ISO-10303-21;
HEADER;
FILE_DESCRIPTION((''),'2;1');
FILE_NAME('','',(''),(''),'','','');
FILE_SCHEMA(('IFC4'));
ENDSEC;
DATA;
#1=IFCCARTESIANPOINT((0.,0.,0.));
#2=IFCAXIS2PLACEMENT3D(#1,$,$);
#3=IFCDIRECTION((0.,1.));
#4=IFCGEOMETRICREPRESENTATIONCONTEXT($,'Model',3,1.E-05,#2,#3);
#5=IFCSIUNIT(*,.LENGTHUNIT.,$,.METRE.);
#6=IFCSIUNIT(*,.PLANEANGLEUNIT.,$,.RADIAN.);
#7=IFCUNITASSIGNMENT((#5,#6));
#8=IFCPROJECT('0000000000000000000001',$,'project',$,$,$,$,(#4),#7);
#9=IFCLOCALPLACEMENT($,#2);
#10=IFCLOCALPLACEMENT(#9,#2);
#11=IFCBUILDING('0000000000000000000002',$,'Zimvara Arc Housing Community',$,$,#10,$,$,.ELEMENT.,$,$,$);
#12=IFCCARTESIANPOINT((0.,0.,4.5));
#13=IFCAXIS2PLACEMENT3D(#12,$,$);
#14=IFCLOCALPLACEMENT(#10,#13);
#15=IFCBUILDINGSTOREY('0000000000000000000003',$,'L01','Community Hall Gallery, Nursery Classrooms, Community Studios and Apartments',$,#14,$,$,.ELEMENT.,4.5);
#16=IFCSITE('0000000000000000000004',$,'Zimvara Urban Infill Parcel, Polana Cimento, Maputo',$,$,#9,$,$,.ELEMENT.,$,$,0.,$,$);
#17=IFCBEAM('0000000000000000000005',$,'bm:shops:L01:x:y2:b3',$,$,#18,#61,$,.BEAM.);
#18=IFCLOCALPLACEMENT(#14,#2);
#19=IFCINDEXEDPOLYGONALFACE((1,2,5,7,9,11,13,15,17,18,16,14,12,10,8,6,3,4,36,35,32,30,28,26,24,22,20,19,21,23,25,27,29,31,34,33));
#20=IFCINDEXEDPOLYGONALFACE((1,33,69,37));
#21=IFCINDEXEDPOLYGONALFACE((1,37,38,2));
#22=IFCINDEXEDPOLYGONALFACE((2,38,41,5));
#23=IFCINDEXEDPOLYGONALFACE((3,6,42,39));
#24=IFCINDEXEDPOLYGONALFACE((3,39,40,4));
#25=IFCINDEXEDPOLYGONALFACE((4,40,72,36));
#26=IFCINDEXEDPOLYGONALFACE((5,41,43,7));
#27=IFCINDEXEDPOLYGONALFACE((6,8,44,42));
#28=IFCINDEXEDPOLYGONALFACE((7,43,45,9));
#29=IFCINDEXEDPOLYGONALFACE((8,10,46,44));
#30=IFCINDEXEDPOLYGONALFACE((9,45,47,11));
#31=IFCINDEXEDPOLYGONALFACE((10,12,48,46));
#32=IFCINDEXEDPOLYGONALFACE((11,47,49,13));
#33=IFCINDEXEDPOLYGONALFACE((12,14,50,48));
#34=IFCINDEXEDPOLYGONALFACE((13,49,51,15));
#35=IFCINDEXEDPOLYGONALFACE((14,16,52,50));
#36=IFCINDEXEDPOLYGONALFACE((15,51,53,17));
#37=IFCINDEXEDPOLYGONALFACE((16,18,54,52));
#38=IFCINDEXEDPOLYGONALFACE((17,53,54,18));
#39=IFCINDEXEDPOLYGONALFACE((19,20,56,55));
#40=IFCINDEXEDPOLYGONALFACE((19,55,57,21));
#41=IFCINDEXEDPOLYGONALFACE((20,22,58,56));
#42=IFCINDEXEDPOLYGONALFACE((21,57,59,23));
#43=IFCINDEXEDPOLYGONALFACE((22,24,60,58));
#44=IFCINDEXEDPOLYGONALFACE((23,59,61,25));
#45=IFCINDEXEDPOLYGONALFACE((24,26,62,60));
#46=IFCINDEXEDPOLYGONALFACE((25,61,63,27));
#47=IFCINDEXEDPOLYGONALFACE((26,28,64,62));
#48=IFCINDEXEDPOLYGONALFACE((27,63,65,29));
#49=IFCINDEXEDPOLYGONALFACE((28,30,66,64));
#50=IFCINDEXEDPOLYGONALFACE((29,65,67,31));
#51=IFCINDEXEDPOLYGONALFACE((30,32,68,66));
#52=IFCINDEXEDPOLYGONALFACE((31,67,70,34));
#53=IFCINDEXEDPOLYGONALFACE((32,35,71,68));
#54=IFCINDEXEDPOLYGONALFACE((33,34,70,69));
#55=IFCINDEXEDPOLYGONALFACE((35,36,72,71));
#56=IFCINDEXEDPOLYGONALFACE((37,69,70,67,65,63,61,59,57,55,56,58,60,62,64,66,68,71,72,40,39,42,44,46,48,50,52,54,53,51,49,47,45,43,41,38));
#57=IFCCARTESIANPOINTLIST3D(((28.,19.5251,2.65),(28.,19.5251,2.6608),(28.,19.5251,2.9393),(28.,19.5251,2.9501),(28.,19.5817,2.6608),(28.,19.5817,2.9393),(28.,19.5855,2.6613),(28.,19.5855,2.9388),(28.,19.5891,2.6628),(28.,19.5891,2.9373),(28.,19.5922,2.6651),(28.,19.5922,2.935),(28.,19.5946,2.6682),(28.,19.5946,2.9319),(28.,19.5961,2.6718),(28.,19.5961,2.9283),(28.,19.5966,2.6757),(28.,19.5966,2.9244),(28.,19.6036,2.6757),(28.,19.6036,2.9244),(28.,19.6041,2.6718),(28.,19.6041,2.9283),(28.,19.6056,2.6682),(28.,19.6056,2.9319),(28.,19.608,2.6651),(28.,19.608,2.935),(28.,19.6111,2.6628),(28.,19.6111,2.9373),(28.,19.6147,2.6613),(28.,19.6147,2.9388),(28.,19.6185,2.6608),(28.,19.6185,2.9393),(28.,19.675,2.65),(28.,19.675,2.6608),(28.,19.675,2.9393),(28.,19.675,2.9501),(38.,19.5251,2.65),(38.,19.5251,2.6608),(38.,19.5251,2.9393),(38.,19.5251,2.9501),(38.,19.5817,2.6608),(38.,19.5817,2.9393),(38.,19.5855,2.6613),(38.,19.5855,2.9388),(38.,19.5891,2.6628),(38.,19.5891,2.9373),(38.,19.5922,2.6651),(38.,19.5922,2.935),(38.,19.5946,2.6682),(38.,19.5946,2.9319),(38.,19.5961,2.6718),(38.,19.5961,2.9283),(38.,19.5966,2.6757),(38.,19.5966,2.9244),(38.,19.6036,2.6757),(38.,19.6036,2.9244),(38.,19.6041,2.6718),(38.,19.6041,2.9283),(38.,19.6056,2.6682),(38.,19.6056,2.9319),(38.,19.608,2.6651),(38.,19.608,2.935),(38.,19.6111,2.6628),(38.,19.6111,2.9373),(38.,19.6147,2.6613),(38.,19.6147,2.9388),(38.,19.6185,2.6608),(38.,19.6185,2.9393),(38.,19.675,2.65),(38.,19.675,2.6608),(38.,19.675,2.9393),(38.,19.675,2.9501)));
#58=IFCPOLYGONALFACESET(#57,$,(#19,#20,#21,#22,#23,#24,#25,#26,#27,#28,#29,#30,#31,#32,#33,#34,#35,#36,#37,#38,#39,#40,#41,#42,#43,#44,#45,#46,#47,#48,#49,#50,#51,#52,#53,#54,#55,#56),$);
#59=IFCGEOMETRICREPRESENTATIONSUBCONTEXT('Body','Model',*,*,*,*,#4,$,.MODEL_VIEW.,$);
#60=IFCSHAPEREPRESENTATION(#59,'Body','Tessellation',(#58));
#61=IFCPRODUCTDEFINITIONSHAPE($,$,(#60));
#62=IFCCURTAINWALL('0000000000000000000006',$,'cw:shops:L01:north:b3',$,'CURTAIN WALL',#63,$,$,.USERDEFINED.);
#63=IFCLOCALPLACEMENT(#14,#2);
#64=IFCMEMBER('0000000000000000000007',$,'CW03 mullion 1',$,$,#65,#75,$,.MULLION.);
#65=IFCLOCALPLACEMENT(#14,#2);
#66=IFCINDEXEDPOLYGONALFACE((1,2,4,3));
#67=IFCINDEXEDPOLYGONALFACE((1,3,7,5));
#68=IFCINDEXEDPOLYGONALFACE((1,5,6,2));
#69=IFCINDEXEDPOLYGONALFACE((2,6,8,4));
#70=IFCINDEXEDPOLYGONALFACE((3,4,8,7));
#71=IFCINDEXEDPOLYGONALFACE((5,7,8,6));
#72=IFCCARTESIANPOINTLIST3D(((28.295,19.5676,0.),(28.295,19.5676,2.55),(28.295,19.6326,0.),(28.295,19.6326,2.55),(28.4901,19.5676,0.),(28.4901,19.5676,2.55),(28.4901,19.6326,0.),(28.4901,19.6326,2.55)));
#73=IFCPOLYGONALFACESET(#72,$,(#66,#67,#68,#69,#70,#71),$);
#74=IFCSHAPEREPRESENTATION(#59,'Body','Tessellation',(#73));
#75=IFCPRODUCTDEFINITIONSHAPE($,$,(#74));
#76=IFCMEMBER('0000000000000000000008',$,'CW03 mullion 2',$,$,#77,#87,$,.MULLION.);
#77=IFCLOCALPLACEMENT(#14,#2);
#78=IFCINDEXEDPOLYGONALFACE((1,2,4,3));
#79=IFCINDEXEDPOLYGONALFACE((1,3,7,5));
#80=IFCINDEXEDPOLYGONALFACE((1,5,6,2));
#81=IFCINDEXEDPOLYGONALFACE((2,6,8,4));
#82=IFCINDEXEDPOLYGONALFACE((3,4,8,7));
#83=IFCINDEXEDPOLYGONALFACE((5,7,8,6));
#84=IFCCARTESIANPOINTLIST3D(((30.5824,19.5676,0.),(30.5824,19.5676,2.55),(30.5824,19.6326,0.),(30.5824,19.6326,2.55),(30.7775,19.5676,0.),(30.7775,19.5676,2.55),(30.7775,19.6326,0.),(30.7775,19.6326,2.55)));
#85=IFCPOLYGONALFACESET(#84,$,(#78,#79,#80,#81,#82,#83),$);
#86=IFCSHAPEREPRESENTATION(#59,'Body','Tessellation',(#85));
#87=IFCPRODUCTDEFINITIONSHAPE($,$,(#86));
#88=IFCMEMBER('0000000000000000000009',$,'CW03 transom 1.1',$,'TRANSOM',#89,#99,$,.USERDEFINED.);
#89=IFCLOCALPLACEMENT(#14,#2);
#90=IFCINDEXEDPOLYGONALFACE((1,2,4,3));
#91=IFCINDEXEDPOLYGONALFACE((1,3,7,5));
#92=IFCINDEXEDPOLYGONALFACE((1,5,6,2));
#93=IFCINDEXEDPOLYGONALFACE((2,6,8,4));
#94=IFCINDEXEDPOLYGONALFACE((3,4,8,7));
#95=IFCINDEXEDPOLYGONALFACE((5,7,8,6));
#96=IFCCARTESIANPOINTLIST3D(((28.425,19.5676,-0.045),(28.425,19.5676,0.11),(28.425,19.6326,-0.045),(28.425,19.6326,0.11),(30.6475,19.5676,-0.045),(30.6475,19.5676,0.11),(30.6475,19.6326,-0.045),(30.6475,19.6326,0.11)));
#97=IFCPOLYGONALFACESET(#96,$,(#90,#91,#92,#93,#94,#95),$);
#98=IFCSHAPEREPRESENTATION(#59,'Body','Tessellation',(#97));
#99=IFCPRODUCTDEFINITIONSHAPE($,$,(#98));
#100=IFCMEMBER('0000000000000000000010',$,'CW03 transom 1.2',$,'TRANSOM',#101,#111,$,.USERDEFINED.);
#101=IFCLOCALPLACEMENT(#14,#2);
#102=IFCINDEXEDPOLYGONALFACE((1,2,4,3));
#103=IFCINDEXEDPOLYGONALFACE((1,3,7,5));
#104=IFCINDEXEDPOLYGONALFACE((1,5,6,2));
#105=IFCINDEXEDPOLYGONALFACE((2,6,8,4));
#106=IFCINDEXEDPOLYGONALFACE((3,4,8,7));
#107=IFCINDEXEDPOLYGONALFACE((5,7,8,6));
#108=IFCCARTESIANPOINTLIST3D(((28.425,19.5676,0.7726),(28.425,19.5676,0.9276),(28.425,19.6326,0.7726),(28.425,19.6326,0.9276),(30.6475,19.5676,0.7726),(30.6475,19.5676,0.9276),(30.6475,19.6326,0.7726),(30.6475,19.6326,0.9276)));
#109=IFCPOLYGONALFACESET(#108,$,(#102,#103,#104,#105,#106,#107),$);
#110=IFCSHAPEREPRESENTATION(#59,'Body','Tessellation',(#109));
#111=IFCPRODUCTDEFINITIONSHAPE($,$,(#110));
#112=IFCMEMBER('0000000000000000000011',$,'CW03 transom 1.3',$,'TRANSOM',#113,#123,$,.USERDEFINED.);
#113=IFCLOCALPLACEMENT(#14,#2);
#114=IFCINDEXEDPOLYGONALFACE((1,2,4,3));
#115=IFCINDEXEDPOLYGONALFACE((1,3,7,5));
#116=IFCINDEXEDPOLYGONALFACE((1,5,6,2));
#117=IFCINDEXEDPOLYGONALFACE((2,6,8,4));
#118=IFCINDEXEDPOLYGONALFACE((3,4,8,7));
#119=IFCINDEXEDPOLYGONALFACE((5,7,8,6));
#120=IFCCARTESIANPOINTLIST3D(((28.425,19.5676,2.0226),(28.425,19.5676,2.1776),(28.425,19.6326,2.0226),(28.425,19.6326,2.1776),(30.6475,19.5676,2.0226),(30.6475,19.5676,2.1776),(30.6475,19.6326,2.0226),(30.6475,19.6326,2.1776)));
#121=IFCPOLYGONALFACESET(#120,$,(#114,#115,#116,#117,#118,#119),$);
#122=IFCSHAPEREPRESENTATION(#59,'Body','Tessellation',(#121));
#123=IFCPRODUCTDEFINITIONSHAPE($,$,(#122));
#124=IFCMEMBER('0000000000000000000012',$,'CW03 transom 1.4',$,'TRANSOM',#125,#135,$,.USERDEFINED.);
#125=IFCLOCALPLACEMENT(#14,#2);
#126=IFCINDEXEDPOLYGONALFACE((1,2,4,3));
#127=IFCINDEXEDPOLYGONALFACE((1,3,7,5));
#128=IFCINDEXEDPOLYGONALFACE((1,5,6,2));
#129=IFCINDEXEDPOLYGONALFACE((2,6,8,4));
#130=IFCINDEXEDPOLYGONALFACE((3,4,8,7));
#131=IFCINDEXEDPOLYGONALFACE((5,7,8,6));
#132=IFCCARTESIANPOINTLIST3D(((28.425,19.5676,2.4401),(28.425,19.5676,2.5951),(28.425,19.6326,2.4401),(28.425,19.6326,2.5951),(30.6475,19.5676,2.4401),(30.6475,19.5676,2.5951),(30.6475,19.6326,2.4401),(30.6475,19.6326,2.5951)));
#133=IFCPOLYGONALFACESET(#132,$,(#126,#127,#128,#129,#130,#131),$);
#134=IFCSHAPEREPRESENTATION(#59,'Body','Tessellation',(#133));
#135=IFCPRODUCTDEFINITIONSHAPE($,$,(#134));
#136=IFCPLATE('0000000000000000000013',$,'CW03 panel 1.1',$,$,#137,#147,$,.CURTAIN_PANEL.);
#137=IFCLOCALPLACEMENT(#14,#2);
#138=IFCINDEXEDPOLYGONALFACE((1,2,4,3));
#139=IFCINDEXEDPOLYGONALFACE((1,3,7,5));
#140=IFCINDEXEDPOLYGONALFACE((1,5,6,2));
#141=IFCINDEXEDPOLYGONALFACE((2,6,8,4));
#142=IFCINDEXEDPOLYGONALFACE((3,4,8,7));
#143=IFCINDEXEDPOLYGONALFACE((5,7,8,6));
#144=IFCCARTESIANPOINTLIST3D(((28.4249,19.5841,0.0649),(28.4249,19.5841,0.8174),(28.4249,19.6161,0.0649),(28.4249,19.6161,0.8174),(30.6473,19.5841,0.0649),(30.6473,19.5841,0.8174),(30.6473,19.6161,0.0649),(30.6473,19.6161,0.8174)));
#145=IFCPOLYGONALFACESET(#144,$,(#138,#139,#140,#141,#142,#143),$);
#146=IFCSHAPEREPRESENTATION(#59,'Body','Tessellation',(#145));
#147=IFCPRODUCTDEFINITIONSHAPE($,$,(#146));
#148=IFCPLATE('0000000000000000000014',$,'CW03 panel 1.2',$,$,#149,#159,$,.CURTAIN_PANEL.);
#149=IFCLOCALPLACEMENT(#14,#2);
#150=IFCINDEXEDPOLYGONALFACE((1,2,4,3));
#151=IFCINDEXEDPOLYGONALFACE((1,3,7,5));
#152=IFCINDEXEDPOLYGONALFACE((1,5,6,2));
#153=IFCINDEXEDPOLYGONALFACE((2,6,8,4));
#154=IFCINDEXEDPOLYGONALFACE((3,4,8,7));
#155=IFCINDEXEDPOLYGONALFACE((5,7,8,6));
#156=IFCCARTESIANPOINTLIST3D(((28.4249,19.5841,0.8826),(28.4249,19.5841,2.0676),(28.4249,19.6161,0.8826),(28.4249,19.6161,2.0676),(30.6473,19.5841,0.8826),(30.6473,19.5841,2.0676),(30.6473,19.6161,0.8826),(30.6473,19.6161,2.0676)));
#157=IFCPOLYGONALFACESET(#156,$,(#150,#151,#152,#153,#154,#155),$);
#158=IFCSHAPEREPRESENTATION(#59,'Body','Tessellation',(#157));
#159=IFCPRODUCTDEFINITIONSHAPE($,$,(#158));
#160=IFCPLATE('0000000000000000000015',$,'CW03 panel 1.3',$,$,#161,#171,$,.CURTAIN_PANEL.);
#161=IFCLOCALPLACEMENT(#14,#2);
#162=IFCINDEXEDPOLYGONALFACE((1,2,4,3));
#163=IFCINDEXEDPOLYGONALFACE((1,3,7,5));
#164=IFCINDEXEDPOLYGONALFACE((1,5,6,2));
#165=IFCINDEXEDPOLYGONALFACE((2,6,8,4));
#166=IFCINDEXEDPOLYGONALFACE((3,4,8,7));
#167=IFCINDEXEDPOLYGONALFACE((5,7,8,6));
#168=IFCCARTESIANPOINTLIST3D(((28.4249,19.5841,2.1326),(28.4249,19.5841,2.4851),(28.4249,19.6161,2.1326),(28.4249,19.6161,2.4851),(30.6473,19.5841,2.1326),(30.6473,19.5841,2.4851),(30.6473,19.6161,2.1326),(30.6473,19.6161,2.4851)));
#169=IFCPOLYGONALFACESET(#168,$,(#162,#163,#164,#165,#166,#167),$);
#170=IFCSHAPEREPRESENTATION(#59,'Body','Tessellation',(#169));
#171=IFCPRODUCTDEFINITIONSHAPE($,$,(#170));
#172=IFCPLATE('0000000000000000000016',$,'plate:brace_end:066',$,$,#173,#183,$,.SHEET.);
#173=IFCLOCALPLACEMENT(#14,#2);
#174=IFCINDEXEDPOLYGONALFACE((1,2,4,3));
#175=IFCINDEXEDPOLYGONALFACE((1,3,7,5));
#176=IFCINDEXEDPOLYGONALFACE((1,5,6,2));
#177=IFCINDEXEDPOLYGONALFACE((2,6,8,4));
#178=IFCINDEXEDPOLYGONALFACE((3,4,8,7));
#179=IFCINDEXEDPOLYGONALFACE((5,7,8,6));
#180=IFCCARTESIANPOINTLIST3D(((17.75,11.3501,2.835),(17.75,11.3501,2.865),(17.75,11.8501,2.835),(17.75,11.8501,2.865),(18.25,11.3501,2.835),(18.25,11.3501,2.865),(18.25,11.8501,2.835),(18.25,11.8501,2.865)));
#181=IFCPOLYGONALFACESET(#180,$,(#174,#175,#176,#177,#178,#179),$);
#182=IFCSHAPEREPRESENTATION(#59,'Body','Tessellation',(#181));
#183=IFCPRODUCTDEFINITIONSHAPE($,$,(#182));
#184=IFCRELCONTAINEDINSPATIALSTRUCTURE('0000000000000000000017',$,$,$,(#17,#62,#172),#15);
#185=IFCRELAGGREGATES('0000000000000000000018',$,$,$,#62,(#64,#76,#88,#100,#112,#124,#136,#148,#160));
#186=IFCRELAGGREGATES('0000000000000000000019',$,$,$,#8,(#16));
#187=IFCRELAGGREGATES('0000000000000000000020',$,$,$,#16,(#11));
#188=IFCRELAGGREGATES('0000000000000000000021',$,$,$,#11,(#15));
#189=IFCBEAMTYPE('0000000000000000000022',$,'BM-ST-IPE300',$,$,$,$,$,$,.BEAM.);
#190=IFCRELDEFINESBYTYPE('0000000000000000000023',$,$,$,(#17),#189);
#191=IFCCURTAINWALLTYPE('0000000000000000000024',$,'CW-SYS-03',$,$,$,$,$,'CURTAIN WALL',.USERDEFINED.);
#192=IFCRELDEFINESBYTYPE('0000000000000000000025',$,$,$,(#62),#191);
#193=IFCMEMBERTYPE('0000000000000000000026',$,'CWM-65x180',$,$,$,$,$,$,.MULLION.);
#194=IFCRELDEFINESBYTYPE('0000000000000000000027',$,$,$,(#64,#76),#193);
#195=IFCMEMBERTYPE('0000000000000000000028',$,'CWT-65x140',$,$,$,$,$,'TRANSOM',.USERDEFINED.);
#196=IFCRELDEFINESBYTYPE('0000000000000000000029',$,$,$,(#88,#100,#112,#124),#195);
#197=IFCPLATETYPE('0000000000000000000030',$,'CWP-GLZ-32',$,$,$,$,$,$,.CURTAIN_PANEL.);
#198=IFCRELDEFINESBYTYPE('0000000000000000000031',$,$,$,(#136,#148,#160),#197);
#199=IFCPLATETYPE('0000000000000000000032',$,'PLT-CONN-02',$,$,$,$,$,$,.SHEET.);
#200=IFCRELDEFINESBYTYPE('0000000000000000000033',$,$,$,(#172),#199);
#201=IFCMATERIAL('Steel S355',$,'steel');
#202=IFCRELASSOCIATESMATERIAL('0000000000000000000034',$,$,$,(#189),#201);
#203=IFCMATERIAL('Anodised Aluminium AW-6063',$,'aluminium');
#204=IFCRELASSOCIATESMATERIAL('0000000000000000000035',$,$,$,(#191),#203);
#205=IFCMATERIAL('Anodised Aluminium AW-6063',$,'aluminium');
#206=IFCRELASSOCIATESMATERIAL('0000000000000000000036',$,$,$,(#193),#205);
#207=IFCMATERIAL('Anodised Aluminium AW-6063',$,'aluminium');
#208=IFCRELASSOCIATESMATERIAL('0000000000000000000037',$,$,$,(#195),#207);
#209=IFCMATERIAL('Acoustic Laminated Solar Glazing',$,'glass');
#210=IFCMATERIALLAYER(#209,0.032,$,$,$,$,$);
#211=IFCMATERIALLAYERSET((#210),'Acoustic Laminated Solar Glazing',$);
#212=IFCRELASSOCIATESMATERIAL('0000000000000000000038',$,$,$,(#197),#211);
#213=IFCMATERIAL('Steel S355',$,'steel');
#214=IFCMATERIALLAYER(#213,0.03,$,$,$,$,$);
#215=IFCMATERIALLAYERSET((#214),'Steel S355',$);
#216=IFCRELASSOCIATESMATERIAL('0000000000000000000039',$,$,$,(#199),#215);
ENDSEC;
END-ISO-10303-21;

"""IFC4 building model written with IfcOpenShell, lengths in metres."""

from ifc_helpers import new_model, si_unit, direction, frame, origin, origin_2d, place, context, subcontext, project, spatial, rectangle, i_section, extrude, material, layer, layer_set, material_profile, profile_set, type_object, element, aggregate, save


model = new_model("IFC4")

# Units and contexts
model_context = context("Model", 3, precision=1e-05, world=origin(), true_north=direction((0.0, 1.0)))
body_context = subcontext(model_context, "Body", "Model", "MODEL_VIEW")
ifc_project = project(units=[si_unit("LENGTHUNIT", "METRE"), si_unit("PLANEANGLEUNIT", "RADIAN")], contexts=[model_context])

# Site, building, storey
site_placement = place(None, origin())
site = spatial("IfcSite", under=ifc_project, at=site_placement, Name="Zimvara Urban Infill Parcel, Polana Cimento, Maputo", CompositionType="ELEMENT", RefElevation=0.0)
building_placement = place(site_placement, origin())
building = spatial("IfcBuilding", under=site, at=building_placement, Name="Zimvara Arc Housing Community", CompositionType="ELEMENT")
storey_placement = place(building_placement, frame((0.0, 0.0, 4.5)))
storey = spatial("IfcBuildingStorey", under=building, at=storey_placement, Name="L01", Description="Community Hall Gallery, Nursery Classrooms, Community Studios and Apartments", CompositionType="ELEMENT", Elevation=4.5)

# Beam
ifc_material_1 = material(Name="Steel S355", Category="steel")
ifc_material_profile_1 = material_profile(ifc_material_1, i_section(OverallWidth=0.1499, OverallDepth=0.3, WebThickness=0.0071, FlangeThickness=0.0107, FilletRadius=0.0149, at=origin_2d()), Name="IPE 300")
ifc_profile_set_1 = profile_set([ifc_material_profile_1], Name="Steel S355")
beam_type_1 = type_object("IfcBeamType", Name="BM-ST-IPE300", PredefinedType="BEAM", material=ifc_profile_set_1)
for number, where, z_axis, x_axis, name in (
    (1, (28.0, 19.6001, 2.8), (1.0, 0.0, 0.0), (0.0, 1.0, 0.0), "bm:shops:L01:x:y2:b3"),
):
    element("IfcBeam", number, at=place(storey_placement, frame(where, z_axis=z_axis, x_axis=x_axis)), inside=storey, type_object=beam_type_1, Name=name, PredefinedType="BEAM", context=body_context, shape_type="SweptSolid", body=[
        extrude(i_section(OverallWidth=0.1499, OverallDepth=0.3, WebThickness=0.0071, FlangeThickness=0.0107, FilletRadius=0.0149, at=origin_2d()), origin(), (0.0, 0.0, 1.0), 10.0),
    ])

# Curtain wall, members, plates
ifc_material_2 = material(Name="Anodised Aluminium AW-6063", Category="aluminium")
curtain_wall_type = type_object("IfcCurtainWallType", Name="CW-SYS-03", ElementType="CURTAIN WALL", PredefinedType="USERDEFINED", material=ifc_material_2)
curtain_wall_placement = place(storey_placement, origin())
curtain_wall = element("IfcCurtainWall", 2, at=curtain_wall_placement, inside=storey, type_object=curtain_wall_type, Name="cw:shops:L01:north:b3", ObjectType="CURTAIN WALL", PredefinedType="USERDEFINED")
ifc_material_3 = material(Name="Anodised Aluminium AW-6063", Category="aluminium")
ifc_material_profile_2 = material_profile(ifc_material_3, rectangle(XDim=0.0649, YDim=0.1951, at=origin_2d()), Name="ALU 65x195")
ifc_profile_set_2 = profile_set([ifc_material_profile_2], Name="Anodised Aluminium AW-6063")
member_type_1 = type_object("IfcMemberType", Name="CWM-65x180", PredefinedType="MULLION", material=ifc_profile_set_2)
member_1_placement = place(storey_placement, frame((28.3926, 19.6001, 0.0), z_axis=(0.0, 0.0, 1.0), x_axis=(0.0, 1.0, 0.0)))
member_1 = element("IfcMember", 3, at=member_1_placement, type_object=member_type_1, Name="CW03 mullion 1", PredefinedType="MULLION", context=body_context, shape_type="SweptSolid", body=[
    extrude(rectangle(XDim=0.0649, YDim=0.1951, at=origin_2d()), origin(), (0.0, 0.0, 1.0), 2.55),
])
member_2_placement = place(storey_placement, frame((30.6799, 19.6001, 0.0), z_axis=(0.0, 0.0, 1.0), x_axis=(0.0, 1.0, 0.0)))
member_2 = element("IfcMember", 4, at=member_2_placement, type_object=member_type_1, Name="CW03 mullion 2", PredefinedType="MULLION", context=body_context, shape_type="SweptSolid", body=[
    extrude(rectangle(XDim=0.0649, YDim=0.1951, at=origin_2d()), origin(), (0.0, 0.0, 1.0), 2.55),
])
ifc_material_4 = material(Name="Anodised Aluminium AW-6063", Category="aluminium")
ifc_material_profile_3 = material_profile(ifc_material_4, rectangle(XDim=0.0649, YDim=0.155, at=origin_2d()), Name="ALU 65x155")
ifc_profile_set_3 = profile_set([ifc_material_profile_3], Name="Anodised Aluminium AW-6063")
member_type_2 = type_object("IfcMemberType", Name="CWT-65x140", ElementType="TRANSOM", PredefinedType="USERDEFINED", material=ifc_profile_set_3)
member_3_placement = place(storey_placement, frame((28.425, 19.6001, 0.0325), z_axis=(1.0, 0.0, 0.0), x_axis=(0.0, 1.0, 0.0)))
member_3 = element("IfcMember", 5, at=member_3_placement, type_object=member_type_2, Name="CW03 transom 1.1", ObjectType="TRANSOM", PredefinedType="USERDEFINED", context=body_context, shape_type="SweptSolid", body=[
    extrude(rectangle(XDim=0.0649, YDim=0.155, at=origin_2d()), origin(), (0.0, 0.0, 1.0), 2.2224),
])
member_4_placement = place(storey_placement, frame((28.425, 19.6001, 0.8501), z_axis=(1.0, 0.0, 0.0), x_axis=(0.0, 1.0, 0.0)))
member_4 = element("IfcMember", 6, at=member_4_placement, type_object=member_type_2, Name="CW03 transom 1.2", ObjectType="TRANSOM", PredefinedType="USERDEFINED", context=body_context, shape_type="SweptSolid", body=[
    extrude(rectangle(XDim=0.0649, YDim=0.155, at=origin_2d()), origin(), (0.0, 0.0, 1.0), 2.2224),
])
member_5_placement = place(storey_placement, frame((28.425, 19.6001, 2.1001), z_axis=(1.0, 0.0, 0.0), x_axis=(0.0, 1.0, 0.0)))
member_5 = element("IfcMember", 7, at=member_5_placement, type_object=member_type_2, Name="CW03 transom 1.3", ObjectType="TRANSOM", PredefinedType="USERDEFINED", context=body_context, shape_type="SweptSolid", body=[
    extrude(rectangle(XDim=0.0649, YDim=0.155, at=origin_2d()), origin(), (0.0, 0.0, 1.0), 2.2224),
])
member_6_placement = place(storey_placement, frame((28.425, 19.6001, 2.5176), z_axis=(1.0, 0.0, 0.0), x_axis=(0.0, 1.0, 0.0)))
member_6 = element("IfcMember", 8, at=member_6_placement, type_object=member_type_2, Name="CW03 transom 1.4", ObjectType="TRANSOM", PredefinedType="USERDEFINED", context=body_context, shape_type="SweptSolid", body=[
    extrude(rectangle(XDim=0.0649, YDim=0.155, at=origin_2d()), origin(), (0.0, 0.0, 1.0), 2.2224),
])
ifc_material_5 = material(Name="Acoustic Laminated Solar Glazing", Category="glass")
ifc_layer_1 = layer(ifc_material_5, 0.032)
ifc_layer_set_1 = layer_set([ifc_layer_1], Name="Acoustic Laminated Solar Glazing")
plate_type_1 = type_object("IfcPlateType", Name="CWP-GLZ-32", PredefinedType="CURTAIN_PANEL", material=ifc_layer_set_1)
plate_1_placement = place(storey_placement, frame((29.5361, 19.6001, 0.0649), z_axis=(0.0, 0.0, 1.0), x_axis=(1.0, 0.0, 0.0)))
plate_1 = element("IfcPlate", 9, at=plate_1_placement, type_object=plate_type_1, Name="CW03 panel 1.1", PredefinedType="CURTAIN_PANEL", context=body_context, shape_type="SweptSolid", body=[
    extrude(rectangle(XDim=2.2224, YDim=0.032, at=origin_2d()), origin(), (0.0, 0.0, 1.0), 0.7524),
])
plate_2_placement = place(storey_placement, frame((29.5361, 19.6001, 0.8826), z_axis=(0.0, 0.0, 1.0), x_axis=(1.0, 0.0, 0.0)))
plate_2 = element("IfcPlate", 10, at=plate_2_placement, type_object=plate_type_1, Name="CW03 panel 1.2", PredefinedType="CURTAIN_PANEL", context=body_context, shape_type="SweptSolid", body=[
    extrude(rectangle(XDim=2.2224, YDim=0.032, at=origin_2d()), origin(), (0.0, 0.0, 1.0), 1.1851),
])
plate_3_placement = place(storey_placement, frame((29.5361, 19.6001, 2.1326), z_axis=(0.0, 0.0, 1.0), x_axis=(1.0, 0.0, 0.0)))
plate_3 = element("IfcPlate", 11, at=plate_3_placement, type_object=plate_type_1, Name="CW03 panel 1.3", PredefinedType="CURTAIN_PANEL", context=body_context, shape_type="SweptSolid", body=[
    extrude(rectangle(XDim=2.2224, YDim=0.032, at=origin_2d()), origin(), (0.0, 0.0, 1.0), 0.3525),
])
aggregate(curtain_wall, [member_1, member_2, member_3, member_4, member_5, member_6, plate_1, plate_2, plate_3])

# Plate
ifc_material_6 = material(Name="Steel S355", Category="steel")
ifc_layer_2 = layer(ifc_material_6, 0.03)
ifc_layer_set_2 = layer_set([ifc_layer_2], Name="Steel S355")
plate_type_2 = type_object("IfcPlateType", Name="PLT-CONN-02", PredefinedType="SHEET", material=ifc_layer_set_2)
plate_4_placement = place(storey_placement, frame((18.0, 11.6001, 2.835), z_axis=(0.0, 0.0, 1.0), x_axis=(1.0, 0.0, 0.0)))
element("IfcPlate", 12, at=plate_4_placement, inside=storey, type_object=plate_type_2, Name="plate:brace_end:066", PredefinedType="SHEET", context=body_context, shape_type="SweptSolid", body=[
    extrude(rectangle(XDim=0.5, YDim=0.5, at=origin_2d()), origin(), (0.0, 0.0, 1.0), 0.03),
])

save(model, "model.ifc")
